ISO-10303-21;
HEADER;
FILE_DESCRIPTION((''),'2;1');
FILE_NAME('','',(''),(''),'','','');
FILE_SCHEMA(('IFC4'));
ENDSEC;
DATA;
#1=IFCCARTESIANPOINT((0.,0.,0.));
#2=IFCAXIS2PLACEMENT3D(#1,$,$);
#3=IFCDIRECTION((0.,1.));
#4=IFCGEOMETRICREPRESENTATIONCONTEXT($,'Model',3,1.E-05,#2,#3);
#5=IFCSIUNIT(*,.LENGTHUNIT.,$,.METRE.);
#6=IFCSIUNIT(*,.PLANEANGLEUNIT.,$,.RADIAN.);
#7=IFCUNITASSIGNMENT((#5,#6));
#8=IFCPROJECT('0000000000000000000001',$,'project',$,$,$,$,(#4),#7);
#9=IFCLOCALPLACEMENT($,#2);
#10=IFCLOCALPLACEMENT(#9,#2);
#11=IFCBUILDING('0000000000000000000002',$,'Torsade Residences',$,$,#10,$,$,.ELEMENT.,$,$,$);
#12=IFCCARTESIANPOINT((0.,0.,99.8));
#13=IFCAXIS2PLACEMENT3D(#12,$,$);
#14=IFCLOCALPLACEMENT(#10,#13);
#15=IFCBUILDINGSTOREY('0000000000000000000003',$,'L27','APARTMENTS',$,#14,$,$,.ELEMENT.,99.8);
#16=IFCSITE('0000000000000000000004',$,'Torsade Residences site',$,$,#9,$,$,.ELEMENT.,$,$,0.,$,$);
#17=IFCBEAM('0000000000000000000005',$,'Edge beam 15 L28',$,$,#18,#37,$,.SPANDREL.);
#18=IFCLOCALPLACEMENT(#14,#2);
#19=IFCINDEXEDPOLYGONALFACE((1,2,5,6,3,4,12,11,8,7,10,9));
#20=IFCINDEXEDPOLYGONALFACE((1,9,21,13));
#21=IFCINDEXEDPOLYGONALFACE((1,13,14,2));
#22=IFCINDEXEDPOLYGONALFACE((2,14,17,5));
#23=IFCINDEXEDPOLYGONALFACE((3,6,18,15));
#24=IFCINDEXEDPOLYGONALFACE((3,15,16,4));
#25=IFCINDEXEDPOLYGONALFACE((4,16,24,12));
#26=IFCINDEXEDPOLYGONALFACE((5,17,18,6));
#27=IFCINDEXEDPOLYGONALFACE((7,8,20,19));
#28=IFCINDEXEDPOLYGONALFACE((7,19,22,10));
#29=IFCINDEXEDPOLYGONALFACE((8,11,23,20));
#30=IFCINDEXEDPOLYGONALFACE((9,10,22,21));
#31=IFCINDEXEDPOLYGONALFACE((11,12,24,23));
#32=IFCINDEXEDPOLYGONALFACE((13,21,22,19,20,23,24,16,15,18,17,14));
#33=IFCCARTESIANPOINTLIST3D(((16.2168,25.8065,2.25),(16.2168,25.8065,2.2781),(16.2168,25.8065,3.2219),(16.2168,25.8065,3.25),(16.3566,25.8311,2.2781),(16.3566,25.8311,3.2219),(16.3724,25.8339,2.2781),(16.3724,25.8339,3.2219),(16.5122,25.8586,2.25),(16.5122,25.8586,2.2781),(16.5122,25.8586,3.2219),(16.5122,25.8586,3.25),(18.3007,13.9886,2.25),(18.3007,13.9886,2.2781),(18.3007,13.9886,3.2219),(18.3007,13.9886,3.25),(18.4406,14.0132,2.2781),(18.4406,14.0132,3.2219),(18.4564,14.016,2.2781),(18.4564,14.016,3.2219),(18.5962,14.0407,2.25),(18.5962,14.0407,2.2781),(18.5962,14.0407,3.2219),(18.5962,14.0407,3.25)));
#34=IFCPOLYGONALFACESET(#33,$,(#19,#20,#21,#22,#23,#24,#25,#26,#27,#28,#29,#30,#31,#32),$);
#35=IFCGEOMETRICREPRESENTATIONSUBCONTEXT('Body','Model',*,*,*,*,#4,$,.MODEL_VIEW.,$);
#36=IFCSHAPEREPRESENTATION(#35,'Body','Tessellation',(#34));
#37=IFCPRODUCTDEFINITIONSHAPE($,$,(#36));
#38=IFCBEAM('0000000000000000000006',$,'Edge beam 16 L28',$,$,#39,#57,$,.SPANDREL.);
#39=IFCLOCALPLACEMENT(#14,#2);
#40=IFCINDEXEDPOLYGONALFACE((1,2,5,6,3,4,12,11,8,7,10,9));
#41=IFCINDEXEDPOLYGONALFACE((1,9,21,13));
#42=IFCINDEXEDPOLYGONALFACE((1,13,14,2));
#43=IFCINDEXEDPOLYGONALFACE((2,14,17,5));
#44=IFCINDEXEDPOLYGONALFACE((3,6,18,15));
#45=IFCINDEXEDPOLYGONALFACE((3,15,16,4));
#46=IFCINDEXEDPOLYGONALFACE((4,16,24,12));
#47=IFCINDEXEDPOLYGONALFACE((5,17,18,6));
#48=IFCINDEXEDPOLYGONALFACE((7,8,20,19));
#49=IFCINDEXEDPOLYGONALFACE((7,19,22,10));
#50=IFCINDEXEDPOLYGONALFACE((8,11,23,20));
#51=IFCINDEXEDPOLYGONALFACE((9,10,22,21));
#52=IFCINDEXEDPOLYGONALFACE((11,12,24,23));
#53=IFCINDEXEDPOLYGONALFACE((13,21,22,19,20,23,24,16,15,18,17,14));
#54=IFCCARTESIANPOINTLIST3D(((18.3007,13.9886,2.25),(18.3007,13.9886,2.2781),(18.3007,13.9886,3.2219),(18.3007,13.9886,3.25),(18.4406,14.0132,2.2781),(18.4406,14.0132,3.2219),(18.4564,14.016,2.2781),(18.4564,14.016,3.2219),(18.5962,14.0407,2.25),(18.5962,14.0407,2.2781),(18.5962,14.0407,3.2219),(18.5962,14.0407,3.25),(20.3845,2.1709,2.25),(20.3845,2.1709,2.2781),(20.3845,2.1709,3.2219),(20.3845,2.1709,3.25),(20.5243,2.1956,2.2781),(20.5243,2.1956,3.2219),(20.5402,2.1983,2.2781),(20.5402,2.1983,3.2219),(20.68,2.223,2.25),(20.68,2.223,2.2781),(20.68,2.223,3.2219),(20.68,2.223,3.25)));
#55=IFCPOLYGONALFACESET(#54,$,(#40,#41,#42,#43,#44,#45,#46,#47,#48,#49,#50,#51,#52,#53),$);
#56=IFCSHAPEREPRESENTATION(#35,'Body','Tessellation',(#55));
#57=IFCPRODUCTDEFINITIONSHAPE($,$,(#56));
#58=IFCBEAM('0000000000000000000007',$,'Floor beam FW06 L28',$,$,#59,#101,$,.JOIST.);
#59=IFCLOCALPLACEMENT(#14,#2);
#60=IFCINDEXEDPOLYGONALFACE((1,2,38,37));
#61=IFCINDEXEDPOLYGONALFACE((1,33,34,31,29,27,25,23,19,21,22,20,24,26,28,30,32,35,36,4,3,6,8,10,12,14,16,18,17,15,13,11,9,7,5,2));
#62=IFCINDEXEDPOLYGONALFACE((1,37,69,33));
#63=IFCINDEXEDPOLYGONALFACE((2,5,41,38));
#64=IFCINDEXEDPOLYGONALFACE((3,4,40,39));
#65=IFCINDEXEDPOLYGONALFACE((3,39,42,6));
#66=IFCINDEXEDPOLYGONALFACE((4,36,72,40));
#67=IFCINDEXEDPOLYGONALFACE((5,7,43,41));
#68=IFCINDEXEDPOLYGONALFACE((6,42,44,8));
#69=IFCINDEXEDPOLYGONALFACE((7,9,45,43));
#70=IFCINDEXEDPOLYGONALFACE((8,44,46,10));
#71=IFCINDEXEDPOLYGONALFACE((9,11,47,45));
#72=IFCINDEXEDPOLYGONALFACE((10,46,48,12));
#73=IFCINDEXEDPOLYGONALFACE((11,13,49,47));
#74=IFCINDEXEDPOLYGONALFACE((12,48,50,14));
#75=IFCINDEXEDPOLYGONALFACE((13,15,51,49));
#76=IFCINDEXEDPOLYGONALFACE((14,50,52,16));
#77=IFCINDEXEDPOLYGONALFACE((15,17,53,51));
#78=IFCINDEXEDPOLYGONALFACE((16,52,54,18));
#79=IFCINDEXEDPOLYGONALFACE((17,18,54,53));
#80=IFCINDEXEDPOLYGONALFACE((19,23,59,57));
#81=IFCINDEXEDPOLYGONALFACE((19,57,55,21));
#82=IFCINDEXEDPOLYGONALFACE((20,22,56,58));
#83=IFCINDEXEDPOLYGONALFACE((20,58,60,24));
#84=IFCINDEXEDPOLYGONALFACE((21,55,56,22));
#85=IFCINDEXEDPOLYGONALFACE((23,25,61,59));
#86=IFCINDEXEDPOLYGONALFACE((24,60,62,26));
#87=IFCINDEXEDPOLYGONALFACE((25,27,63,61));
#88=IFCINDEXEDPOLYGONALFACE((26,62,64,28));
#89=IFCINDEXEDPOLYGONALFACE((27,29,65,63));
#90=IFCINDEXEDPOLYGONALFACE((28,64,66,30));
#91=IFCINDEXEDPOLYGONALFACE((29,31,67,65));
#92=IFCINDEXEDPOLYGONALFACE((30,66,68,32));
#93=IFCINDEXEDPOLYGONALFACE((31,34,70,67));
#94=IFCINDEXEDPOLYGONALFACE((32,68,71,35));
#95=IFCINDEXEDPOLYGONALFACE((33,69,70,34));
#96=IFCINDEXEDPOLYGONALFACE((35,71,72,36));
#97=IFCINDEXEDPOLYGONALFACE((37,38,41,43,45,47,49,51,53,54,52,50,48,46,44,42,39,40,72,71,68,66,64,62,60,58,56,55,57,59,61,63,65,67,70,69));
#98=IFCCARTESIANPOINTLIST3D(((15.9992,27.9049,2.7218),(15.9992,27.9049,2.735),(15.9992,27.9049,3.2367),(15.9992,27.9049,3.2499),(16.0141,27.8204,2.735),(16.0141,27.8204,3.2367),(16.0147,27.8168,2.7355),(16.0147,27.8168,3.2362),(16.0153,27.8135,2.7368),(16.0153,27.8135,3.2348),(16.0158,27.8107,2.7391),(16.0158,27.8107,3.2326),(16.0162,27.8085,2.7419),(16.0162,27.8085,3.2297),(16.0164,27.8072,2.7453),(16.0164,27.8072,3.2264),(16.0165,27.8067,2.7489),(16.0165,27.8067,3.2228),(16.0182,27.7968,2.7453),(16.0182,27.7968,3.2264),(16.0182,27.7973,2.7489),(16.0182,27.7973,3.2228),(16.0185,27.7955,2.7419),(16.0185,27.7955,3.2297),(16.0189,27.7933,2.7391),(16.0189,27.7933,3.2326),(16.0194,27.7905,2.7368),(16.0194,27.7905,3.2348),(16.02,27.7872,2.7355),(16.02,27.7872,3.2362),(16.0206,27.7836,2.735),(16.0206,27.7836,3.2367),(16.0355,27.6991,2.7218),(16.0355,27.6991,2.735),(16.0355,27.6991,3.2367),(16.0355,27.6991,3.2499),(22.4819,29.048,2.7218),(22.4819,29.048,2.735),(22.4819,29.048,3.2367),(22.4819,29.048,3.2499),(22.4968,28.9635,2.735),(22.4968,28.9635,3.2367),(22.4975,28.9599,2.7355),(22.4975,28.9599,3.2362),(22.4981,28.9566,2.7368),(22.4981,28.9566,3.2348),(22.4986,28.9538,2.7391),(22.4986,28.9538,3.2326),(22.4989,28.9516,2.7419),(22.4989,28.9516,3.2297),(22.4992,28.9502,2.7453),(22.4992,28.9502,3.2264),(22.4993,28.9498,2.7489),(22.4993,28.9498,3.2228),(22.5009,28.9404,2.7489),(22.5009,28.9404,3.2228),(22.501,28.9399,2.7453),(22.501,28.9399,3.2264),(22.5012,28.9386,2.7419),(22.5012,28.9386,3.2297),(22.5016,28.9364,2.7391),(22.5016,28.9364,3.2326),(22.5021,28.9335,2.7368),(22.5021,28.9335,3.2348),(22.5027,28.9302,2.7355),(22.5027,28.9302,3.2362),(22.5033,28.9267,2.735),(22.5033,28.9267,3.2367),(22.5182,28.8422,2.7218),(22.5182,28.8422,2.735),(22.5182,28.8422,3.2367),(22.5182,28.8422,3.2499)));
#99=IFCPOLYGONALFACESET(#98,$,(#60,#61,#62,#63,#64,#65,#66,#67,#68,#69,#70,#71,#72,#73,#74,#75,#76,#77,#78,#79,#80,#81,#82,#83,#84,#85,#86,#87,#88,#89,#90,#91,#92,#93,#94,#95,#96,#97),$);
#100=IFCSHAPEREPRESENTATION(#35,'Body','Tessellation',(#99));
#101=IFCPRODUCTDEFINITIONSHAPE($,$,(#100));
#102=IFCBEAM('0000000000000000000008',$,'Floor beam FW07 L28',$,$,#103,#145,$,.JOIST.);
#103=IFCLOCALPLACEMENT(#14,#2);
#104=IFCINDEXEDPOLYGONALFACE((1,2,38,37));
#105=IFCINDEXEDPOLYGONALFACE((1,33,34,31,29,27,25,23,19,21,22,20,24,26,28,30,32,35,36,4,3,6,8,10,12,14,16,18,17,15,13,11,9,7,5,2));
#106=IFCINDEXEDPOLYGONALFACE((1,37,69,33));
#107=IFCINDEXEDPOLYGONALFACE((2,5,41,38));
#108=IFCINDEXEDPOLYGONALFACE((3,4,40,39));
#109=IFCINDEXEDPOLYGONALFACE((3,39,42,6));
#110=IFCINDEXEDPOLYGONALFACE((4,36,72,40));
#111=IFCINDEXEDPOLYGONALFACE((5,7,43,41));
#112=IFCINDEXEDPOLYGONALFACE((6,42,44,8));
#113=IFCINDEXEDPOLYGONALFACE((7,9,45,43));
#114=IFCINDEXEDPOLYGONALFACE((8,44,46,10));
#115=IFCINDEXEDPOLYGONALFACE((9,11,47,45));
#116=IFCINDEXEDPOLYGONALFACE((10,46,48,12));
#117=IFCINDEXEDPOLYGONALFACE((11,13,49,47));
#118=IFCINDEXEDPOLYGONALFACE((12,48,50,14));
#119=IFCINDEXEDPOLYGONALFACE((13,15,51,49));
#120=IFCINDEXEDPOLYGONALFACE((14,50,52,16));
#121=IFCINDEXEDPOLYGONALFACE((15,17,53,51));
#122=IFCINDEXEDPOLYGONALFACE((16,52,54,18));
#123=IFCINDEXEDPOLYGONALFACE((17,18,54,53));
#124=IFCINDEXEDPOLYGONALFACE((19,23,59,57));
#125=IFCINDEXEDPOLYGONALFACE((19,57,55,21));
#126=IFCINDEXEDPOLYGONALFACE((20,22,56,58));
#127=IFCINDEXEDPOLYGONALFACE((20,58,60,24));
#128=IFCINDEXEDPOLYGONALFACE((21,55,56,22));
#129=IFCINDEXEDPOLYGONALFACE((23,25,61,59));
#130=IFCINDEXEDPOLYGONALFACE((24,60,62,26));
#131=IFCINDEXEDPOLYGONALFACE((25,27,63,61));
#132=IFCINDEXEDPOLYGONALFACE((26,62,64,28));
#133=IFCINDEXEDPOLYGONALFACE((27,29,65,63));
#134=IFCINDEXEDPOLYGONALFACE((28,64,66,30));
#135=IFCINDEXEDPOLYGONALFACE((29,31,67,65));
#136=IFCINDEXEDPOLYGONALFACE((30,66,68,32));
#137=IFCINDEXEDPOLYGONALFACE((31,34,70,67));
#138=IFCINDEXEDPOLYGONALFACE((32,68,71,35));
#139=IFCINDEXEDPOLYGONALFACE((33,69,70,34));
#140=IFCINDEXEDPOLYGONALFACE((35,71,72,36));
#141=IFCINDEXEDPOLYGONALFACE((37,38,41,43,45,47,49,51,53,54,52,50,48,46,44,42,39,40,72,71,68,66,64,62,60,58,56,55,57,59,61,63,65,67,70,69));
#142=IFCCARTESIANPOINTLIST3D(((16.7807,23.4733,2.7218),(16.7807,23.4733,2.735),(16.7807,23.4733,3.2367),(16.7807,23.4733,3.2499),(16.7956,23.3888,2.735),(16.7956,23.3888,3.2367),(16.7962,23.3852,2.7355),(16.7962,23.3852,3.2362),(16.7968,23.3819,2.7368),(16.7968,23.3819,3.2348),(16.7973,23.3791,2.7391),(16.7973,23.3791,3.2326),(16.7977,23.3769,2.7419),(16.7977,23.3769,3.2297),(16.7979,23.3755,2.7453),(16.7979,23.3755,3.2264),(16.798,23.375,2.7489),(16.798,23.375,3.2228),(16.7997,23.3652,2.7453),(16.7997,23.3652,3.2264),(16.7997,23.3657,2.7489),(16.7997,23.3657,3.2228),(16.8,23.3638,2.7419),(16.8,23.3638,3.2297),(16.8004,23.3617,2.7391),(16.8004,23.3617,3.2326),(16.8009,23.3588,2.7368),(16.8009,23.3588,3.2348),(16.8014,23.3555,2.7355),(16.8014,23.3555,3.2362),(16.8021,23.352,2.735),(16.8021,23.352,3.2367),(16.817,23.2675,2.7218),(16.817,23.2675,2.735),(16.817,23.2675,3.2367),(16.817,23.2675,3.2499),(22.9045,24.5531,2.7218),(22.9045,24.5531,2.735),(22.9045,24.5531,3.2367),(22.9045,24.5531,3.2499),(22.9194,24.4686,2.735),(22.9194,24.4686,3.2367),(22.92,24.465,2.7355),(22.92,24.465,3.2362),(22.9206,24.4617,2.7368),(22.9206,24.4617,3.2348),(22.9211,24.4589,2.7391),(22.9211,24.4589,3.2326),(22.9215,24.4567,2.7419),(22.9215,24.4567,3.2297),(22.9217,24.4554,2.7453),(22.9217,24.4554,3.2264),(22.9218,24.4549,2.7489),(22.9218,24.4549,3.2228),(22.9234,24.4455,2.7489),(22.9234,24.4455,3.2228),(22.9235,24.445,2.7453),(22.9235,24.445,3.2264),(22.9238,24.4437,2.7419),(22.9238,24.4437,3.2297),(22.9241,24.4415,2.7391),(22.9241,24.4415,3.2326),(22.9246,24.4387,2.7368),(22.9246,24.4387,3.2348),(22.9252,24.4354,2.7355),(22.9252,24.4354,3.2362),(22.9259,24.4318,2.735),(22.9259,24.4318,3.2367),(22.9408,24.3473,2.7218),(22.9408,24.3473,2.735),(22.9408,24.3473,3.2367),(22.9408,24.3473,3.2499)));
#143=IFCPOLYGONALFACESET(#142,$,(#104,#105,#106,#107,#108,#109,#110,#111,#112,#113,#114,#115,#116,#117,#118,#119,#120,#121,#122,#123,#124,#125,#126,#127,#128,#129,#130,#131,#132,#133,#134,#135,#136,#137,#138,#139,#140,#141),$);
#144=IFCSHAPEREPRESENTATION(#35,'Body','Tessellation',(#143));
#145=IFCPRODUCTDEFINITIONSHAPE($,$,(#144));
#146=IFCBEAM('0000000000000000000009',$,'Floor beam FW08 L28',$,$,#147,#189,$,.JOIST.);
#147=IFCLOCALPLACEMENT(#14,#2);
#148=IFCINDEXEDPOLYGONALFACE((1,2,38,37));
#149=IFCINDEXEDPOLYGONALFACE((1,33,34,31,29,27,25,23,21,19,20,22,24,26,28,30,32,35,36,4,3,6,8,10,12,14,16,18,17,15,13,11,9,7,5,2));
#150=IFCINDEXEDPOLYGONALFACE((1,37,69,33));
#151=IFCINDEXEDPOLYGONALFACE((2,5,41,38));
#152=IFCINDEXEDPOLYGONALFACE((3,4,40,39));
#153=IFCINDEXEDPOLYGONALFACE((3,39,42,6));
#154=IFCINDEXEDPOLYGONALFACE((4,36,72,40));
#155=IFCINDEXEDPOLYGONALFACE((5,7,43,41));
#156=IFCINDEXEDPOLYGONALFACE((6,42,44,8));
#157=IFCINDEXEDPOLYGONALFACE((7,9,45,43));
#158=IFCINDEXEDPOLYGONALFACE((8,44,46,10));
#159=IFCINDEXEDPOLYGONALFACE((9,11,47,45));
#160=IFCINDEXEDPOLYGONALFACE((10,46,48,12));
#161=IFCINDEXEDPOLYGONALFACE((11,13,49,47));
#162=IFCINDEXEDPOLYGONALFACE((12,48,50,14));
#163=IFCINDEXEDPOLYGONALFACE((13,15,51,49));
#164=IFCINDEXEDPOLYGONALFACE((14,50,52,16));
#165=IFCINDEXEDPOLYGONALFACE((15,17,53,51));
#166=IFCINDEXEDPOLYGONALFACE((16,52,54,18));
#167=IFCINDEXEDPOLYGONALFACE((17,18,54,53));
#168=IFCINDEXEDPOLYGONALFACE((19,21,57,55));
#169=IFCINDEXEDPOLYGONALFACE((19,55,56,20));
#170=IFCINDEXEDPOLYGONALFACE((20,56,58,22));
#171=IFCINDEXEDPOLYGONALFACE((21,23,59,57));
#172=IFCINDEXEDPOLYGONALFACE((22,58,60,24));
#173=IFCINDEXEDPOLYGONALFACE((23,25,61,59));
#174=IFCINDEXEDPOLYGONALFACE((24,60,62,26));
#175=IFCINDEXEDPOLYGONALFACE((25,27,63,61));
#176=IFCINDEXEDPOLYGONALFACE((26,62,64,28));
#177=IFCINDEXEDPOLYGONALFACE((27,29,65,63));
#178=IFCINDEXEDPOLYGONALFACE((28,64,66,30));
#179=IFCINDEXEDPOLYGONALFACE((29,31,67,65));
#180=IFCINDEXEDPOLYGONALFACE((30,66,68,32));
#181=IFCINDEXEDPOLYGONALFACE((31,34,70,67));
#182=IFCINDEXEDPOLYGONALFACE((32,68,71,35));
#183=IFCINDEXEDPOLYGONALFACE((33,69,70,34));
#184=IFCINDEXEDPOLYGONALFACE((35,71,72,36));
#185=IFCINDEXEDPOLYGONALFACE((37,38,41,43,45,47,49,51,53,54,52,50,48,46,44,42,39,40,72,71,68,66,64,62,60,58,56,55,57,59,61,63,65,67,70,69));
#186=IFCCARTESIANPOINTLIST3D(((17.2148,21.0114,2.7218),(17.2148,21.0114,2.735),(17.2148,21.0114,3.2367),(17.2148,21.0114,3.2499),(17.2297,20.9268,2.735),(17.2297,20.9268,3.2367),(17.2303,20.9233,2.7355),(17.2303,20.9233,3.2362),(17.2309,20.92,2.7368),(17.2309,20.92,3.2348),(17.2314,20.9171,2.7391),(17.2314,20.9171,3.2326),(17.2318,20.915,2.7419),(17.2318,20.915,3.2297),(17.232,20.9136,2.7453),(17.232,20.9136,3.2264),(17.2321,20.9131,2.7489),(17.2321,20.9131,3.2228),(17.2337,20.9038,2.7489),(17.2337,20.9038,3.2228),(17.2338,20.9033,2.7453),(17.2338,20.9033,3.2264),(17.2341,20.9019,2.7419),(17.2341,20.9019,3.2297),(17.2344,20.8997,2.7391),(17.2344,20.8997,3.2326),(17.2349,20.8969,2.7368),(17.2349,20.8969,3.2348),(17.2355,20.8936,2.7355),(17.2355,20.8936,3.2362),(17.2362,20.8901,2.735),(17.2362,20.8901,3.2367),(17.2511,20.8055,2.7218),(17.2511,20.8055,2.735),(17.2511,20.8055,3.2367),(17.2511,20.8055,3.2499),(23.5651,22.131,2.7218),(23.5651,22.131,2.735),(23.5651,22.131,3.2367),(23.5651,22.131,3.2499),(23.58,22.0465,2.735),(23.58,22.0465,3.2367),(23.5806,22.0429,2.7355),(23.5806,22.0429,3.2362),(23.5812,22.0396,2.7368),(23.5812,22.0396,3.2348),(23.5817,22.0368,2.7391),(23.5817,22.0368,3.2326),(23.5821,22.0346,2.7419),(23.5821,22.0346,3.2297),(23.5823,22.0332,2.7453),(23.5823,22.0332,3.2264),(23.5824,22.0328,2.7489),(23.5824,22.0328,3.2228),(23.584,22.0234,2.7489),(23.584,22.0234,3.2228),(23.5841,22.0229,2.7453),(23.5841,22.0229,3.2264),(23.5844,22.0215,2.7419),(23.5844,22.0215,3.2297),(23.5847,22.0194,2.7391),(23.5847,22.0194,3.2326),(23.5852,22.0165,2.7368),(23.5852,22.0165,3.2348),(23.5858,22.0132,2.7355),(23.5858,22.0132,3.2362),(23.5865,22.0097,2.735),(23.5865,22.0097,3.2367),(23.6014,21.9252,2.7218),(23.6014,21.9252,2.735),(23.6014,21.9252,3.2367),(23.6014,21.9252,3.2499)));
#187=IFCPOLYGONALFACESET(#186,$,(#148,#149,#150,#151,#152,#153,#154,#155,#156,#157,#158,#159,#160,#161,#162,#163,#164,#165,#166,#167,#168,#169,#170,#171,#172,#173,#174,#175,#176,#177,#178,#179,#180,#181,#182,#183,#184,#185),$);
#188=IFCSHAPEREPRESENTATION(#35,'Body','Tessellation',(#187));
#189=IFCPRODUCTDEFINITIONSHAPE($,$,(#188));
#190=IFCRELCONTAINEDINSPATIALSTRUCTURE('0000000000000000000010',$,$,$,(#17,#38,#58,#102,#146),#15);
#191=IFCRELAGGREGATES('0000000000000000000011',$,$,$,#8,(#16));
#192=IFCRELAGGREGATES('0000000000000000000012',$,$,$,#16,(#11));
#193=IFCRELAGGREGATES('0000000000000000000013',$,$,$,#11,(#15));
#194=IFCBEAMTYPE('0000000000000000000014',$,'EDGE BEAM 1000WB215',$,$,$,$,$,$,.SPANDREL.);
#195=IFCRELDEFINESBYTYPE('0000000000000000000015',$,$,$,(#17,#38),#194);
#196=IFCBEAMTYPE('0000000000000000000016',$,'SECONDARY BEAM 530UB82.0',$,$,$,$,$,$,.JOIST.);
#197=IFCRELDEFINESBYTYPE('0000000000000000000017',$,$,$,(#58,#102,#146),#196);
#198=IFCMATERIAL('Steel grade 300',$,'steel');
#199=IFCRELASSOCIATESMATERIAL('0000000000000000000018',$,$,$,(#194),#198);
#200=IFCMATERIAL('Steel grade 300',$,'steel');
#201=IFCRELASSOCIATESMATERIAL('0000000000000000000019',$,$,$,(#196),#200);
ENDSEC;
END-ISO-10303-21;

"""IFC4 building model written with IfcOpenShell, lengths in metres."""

from ifc_helpers import new_model, si_unit, direction, frame, origin, origin_2d, place, context, subcontext, project, spatial, i_section, extrude, material, material_profile, profile_set, type_object, element, save


model = new_model("IFC4")

# Units and contexts
model_context = context("Model", 3, precision=1e-05, world=origin(), true_north=direction((0.0, 1.0)))
body_context = subcontext(model_context, "Body", "Model", "MODEL_VIEW")
ifc_project = project(units=[si_unit("LENGTHUNIT", "METRE"), si_unit("PLANEANGLEUNIT", "RADIAN")], contexts=[model_context])

# Site, building, storey
site_placement = place(None, origin())
site = spatial("IfcSite", under=ifc_project, at=site_placement, Name="Torsade Residences site", CompositionType="ELEMENT", RefElevation=0.0)
building_placement = place(site_placement, origin())
building = spatial("IfcBuilding", under=site, at=building_placement, Name="Torsade Residences", CompositionType="ELEMENT")
storey_placement = place(building_placement, frame((0.0, 0.0, 99.8)))
storey = spatial("IfcBuildingStorey", under=building, at=storey_placement, Name="L27", Description="APARTMENTS", CompositionType="ELEMENT", Elevation=99.8)

# Beams
ifc_material_1 = material(Name="Steel grade 300", Category="steel")
ifc_material_profile_1 = material_profile(ifc_material_1, i_section(OverallWidth=0.3, OverallDepth=1.0, WebThickness=0.0161, FlangeThickness=0.0281, at=origin_2d()), Name="1000WB215")
ifc_profile_set_1 = profile_set([ifc_material_profile_1], Name="Steel grade 300")
beam_type_1 = type_object("IfcBeamType", Name="EDGE BEAM 1000WB215", PredefinedType="SPANDREL", material=ifc_profile_set_1)
beam_1_placement = place(storey_placement, frame((16.3645, 25.8325, 2.75), z_axis=(0.173662, -0.984805, 0.0), x_axis=(0.984805, 0.173662, 0.0)))
element("IfcBeam", 1, at=beam_1_placement, inside=storey, type_object=beam_type_1, Name="Edge beam 15 L28", PredefinedType="SPANDREL", context=body_context, shape_type="SweptSolid", body=[
    extrude(i_section(OverallWidth=0.3, OverallDepth=1.0, WebThickness=0.0161, FlangeThickness=0.0281, at=origin_2d()), origin(), (0.0, 0.0, 1.0), 12.0002),
])
beam_2_placement = place(storey_placement, frame((18.4485, 14.0146, 2.75), z_axis=(0.173646, -0.984808, 0.0), x_axis=(0.984808, 0.173646, 0.0)))
element("IfcBeam", 2, at=beam_2_placement, inside=storey, type_object=beam_type_1, Name="Edge beam 16 L28", PredefinedType="SPANDREL", context=body_context, shape_type="SweptSolid", body=[
    extrude(i_section(OverallWidth=0.3, OverallDepth=1.0, WebThickness=0.0161, FlangeThickness=0.0281, at=origin_2d()), origin(), (0.0, 0.0, 1.0), 12.0),
])
ifc_material_2 = material(Name="Steel grade 300", Category="steel")
ifc_material_profile_2 = material_profile(ifc_material_2, i_section(OverallWidth=0.209, OverallDepth=0.5281, WebThickness=0.0095, FlangeThickness=0.0132, FilletRadius=0.0139, at=origin_2d()), Name="530UB82.0")
ifc_profile_set_2 = profile_set([ifc_material_profile_2], Name="Steel grade 300")
beam_type_2 = type_object("IfcBeamType", Name="SECONDARY BEAM 530UB82.0", PredefinedType="JOIST", material=ifc_profile_set_2)
beam_3_placement = place(storey_placement, frame((16.0173, 27.802, 2.9858), z_axis=(0.984808, 0.173648, 0.0), x_axis=(-0.173648, 0.984808, 0.0)))
element("IfcBeam", 3, at=beam_3_placement, inside=storey, type_object=beam_type_2, Name="Floor beam FW06 L28", PredefinedType="JOIST", context=body_context, shape_type="SweptSolid", body=[
    extrude(i_section(OverallWidth=0.209, OverallDepth=0.5281, WebThickness=0.0095, FlangeThickness=0.0132, FilletRadius=0.0139, at=origin_2d()), origin(), (0.0, 0.0, 1.0), 6.5828),
])
beam_4_placement = place(storey_placement, frame((16.7988, 23.3704, 2.9858), z_axis=(0.984806, 0.173655, 0.0), x_axis=(-0.173655, 0.984806, 0.0)))
element("IfcBeam", 4, at=beam_4_placement, inside=storey, type_object=beam_type_2, Name="Floor beam FW07 L28", PredefinedType="JOIST", context=body_context, shape_type="SweptSolid", body=[
    extrude(i_section(OverallWidth=0.209, OverallDepth=0.5281, WebThickness=0.0095, FlangeThickness=0.0132, FilletRadius=0.0139, at=origin_2d()), origin(), (0.0, 0.0, 1.0), 6.2183),
])
beam_5_placement = place(storey_placement, frame((17.2329, 20.9084, 2.9858), z_axis=(0.984811, 0.173632, 0.0), x_axis=(-0.173632, 0.984811, 0.0)))
element("IfcBeam", 5, at=beam_5_placement, inside=storey, type_object=beam_type_2, Name="Floor beam FW08 L28", PredefinedType="JOIST", context=body_context, shape_type="SweptSolid", body=[
    extrude(i_section(OverallWidth=0.209, OverallDepth=0.5281, WebThickness=0.0095, FlangeThickness=0.0132, FilletRadius=0.0139, at=origin_2d()), origin(), (0.0, 0.0, 1.0), 6.4482),
])

save(model, "model.ifc")
